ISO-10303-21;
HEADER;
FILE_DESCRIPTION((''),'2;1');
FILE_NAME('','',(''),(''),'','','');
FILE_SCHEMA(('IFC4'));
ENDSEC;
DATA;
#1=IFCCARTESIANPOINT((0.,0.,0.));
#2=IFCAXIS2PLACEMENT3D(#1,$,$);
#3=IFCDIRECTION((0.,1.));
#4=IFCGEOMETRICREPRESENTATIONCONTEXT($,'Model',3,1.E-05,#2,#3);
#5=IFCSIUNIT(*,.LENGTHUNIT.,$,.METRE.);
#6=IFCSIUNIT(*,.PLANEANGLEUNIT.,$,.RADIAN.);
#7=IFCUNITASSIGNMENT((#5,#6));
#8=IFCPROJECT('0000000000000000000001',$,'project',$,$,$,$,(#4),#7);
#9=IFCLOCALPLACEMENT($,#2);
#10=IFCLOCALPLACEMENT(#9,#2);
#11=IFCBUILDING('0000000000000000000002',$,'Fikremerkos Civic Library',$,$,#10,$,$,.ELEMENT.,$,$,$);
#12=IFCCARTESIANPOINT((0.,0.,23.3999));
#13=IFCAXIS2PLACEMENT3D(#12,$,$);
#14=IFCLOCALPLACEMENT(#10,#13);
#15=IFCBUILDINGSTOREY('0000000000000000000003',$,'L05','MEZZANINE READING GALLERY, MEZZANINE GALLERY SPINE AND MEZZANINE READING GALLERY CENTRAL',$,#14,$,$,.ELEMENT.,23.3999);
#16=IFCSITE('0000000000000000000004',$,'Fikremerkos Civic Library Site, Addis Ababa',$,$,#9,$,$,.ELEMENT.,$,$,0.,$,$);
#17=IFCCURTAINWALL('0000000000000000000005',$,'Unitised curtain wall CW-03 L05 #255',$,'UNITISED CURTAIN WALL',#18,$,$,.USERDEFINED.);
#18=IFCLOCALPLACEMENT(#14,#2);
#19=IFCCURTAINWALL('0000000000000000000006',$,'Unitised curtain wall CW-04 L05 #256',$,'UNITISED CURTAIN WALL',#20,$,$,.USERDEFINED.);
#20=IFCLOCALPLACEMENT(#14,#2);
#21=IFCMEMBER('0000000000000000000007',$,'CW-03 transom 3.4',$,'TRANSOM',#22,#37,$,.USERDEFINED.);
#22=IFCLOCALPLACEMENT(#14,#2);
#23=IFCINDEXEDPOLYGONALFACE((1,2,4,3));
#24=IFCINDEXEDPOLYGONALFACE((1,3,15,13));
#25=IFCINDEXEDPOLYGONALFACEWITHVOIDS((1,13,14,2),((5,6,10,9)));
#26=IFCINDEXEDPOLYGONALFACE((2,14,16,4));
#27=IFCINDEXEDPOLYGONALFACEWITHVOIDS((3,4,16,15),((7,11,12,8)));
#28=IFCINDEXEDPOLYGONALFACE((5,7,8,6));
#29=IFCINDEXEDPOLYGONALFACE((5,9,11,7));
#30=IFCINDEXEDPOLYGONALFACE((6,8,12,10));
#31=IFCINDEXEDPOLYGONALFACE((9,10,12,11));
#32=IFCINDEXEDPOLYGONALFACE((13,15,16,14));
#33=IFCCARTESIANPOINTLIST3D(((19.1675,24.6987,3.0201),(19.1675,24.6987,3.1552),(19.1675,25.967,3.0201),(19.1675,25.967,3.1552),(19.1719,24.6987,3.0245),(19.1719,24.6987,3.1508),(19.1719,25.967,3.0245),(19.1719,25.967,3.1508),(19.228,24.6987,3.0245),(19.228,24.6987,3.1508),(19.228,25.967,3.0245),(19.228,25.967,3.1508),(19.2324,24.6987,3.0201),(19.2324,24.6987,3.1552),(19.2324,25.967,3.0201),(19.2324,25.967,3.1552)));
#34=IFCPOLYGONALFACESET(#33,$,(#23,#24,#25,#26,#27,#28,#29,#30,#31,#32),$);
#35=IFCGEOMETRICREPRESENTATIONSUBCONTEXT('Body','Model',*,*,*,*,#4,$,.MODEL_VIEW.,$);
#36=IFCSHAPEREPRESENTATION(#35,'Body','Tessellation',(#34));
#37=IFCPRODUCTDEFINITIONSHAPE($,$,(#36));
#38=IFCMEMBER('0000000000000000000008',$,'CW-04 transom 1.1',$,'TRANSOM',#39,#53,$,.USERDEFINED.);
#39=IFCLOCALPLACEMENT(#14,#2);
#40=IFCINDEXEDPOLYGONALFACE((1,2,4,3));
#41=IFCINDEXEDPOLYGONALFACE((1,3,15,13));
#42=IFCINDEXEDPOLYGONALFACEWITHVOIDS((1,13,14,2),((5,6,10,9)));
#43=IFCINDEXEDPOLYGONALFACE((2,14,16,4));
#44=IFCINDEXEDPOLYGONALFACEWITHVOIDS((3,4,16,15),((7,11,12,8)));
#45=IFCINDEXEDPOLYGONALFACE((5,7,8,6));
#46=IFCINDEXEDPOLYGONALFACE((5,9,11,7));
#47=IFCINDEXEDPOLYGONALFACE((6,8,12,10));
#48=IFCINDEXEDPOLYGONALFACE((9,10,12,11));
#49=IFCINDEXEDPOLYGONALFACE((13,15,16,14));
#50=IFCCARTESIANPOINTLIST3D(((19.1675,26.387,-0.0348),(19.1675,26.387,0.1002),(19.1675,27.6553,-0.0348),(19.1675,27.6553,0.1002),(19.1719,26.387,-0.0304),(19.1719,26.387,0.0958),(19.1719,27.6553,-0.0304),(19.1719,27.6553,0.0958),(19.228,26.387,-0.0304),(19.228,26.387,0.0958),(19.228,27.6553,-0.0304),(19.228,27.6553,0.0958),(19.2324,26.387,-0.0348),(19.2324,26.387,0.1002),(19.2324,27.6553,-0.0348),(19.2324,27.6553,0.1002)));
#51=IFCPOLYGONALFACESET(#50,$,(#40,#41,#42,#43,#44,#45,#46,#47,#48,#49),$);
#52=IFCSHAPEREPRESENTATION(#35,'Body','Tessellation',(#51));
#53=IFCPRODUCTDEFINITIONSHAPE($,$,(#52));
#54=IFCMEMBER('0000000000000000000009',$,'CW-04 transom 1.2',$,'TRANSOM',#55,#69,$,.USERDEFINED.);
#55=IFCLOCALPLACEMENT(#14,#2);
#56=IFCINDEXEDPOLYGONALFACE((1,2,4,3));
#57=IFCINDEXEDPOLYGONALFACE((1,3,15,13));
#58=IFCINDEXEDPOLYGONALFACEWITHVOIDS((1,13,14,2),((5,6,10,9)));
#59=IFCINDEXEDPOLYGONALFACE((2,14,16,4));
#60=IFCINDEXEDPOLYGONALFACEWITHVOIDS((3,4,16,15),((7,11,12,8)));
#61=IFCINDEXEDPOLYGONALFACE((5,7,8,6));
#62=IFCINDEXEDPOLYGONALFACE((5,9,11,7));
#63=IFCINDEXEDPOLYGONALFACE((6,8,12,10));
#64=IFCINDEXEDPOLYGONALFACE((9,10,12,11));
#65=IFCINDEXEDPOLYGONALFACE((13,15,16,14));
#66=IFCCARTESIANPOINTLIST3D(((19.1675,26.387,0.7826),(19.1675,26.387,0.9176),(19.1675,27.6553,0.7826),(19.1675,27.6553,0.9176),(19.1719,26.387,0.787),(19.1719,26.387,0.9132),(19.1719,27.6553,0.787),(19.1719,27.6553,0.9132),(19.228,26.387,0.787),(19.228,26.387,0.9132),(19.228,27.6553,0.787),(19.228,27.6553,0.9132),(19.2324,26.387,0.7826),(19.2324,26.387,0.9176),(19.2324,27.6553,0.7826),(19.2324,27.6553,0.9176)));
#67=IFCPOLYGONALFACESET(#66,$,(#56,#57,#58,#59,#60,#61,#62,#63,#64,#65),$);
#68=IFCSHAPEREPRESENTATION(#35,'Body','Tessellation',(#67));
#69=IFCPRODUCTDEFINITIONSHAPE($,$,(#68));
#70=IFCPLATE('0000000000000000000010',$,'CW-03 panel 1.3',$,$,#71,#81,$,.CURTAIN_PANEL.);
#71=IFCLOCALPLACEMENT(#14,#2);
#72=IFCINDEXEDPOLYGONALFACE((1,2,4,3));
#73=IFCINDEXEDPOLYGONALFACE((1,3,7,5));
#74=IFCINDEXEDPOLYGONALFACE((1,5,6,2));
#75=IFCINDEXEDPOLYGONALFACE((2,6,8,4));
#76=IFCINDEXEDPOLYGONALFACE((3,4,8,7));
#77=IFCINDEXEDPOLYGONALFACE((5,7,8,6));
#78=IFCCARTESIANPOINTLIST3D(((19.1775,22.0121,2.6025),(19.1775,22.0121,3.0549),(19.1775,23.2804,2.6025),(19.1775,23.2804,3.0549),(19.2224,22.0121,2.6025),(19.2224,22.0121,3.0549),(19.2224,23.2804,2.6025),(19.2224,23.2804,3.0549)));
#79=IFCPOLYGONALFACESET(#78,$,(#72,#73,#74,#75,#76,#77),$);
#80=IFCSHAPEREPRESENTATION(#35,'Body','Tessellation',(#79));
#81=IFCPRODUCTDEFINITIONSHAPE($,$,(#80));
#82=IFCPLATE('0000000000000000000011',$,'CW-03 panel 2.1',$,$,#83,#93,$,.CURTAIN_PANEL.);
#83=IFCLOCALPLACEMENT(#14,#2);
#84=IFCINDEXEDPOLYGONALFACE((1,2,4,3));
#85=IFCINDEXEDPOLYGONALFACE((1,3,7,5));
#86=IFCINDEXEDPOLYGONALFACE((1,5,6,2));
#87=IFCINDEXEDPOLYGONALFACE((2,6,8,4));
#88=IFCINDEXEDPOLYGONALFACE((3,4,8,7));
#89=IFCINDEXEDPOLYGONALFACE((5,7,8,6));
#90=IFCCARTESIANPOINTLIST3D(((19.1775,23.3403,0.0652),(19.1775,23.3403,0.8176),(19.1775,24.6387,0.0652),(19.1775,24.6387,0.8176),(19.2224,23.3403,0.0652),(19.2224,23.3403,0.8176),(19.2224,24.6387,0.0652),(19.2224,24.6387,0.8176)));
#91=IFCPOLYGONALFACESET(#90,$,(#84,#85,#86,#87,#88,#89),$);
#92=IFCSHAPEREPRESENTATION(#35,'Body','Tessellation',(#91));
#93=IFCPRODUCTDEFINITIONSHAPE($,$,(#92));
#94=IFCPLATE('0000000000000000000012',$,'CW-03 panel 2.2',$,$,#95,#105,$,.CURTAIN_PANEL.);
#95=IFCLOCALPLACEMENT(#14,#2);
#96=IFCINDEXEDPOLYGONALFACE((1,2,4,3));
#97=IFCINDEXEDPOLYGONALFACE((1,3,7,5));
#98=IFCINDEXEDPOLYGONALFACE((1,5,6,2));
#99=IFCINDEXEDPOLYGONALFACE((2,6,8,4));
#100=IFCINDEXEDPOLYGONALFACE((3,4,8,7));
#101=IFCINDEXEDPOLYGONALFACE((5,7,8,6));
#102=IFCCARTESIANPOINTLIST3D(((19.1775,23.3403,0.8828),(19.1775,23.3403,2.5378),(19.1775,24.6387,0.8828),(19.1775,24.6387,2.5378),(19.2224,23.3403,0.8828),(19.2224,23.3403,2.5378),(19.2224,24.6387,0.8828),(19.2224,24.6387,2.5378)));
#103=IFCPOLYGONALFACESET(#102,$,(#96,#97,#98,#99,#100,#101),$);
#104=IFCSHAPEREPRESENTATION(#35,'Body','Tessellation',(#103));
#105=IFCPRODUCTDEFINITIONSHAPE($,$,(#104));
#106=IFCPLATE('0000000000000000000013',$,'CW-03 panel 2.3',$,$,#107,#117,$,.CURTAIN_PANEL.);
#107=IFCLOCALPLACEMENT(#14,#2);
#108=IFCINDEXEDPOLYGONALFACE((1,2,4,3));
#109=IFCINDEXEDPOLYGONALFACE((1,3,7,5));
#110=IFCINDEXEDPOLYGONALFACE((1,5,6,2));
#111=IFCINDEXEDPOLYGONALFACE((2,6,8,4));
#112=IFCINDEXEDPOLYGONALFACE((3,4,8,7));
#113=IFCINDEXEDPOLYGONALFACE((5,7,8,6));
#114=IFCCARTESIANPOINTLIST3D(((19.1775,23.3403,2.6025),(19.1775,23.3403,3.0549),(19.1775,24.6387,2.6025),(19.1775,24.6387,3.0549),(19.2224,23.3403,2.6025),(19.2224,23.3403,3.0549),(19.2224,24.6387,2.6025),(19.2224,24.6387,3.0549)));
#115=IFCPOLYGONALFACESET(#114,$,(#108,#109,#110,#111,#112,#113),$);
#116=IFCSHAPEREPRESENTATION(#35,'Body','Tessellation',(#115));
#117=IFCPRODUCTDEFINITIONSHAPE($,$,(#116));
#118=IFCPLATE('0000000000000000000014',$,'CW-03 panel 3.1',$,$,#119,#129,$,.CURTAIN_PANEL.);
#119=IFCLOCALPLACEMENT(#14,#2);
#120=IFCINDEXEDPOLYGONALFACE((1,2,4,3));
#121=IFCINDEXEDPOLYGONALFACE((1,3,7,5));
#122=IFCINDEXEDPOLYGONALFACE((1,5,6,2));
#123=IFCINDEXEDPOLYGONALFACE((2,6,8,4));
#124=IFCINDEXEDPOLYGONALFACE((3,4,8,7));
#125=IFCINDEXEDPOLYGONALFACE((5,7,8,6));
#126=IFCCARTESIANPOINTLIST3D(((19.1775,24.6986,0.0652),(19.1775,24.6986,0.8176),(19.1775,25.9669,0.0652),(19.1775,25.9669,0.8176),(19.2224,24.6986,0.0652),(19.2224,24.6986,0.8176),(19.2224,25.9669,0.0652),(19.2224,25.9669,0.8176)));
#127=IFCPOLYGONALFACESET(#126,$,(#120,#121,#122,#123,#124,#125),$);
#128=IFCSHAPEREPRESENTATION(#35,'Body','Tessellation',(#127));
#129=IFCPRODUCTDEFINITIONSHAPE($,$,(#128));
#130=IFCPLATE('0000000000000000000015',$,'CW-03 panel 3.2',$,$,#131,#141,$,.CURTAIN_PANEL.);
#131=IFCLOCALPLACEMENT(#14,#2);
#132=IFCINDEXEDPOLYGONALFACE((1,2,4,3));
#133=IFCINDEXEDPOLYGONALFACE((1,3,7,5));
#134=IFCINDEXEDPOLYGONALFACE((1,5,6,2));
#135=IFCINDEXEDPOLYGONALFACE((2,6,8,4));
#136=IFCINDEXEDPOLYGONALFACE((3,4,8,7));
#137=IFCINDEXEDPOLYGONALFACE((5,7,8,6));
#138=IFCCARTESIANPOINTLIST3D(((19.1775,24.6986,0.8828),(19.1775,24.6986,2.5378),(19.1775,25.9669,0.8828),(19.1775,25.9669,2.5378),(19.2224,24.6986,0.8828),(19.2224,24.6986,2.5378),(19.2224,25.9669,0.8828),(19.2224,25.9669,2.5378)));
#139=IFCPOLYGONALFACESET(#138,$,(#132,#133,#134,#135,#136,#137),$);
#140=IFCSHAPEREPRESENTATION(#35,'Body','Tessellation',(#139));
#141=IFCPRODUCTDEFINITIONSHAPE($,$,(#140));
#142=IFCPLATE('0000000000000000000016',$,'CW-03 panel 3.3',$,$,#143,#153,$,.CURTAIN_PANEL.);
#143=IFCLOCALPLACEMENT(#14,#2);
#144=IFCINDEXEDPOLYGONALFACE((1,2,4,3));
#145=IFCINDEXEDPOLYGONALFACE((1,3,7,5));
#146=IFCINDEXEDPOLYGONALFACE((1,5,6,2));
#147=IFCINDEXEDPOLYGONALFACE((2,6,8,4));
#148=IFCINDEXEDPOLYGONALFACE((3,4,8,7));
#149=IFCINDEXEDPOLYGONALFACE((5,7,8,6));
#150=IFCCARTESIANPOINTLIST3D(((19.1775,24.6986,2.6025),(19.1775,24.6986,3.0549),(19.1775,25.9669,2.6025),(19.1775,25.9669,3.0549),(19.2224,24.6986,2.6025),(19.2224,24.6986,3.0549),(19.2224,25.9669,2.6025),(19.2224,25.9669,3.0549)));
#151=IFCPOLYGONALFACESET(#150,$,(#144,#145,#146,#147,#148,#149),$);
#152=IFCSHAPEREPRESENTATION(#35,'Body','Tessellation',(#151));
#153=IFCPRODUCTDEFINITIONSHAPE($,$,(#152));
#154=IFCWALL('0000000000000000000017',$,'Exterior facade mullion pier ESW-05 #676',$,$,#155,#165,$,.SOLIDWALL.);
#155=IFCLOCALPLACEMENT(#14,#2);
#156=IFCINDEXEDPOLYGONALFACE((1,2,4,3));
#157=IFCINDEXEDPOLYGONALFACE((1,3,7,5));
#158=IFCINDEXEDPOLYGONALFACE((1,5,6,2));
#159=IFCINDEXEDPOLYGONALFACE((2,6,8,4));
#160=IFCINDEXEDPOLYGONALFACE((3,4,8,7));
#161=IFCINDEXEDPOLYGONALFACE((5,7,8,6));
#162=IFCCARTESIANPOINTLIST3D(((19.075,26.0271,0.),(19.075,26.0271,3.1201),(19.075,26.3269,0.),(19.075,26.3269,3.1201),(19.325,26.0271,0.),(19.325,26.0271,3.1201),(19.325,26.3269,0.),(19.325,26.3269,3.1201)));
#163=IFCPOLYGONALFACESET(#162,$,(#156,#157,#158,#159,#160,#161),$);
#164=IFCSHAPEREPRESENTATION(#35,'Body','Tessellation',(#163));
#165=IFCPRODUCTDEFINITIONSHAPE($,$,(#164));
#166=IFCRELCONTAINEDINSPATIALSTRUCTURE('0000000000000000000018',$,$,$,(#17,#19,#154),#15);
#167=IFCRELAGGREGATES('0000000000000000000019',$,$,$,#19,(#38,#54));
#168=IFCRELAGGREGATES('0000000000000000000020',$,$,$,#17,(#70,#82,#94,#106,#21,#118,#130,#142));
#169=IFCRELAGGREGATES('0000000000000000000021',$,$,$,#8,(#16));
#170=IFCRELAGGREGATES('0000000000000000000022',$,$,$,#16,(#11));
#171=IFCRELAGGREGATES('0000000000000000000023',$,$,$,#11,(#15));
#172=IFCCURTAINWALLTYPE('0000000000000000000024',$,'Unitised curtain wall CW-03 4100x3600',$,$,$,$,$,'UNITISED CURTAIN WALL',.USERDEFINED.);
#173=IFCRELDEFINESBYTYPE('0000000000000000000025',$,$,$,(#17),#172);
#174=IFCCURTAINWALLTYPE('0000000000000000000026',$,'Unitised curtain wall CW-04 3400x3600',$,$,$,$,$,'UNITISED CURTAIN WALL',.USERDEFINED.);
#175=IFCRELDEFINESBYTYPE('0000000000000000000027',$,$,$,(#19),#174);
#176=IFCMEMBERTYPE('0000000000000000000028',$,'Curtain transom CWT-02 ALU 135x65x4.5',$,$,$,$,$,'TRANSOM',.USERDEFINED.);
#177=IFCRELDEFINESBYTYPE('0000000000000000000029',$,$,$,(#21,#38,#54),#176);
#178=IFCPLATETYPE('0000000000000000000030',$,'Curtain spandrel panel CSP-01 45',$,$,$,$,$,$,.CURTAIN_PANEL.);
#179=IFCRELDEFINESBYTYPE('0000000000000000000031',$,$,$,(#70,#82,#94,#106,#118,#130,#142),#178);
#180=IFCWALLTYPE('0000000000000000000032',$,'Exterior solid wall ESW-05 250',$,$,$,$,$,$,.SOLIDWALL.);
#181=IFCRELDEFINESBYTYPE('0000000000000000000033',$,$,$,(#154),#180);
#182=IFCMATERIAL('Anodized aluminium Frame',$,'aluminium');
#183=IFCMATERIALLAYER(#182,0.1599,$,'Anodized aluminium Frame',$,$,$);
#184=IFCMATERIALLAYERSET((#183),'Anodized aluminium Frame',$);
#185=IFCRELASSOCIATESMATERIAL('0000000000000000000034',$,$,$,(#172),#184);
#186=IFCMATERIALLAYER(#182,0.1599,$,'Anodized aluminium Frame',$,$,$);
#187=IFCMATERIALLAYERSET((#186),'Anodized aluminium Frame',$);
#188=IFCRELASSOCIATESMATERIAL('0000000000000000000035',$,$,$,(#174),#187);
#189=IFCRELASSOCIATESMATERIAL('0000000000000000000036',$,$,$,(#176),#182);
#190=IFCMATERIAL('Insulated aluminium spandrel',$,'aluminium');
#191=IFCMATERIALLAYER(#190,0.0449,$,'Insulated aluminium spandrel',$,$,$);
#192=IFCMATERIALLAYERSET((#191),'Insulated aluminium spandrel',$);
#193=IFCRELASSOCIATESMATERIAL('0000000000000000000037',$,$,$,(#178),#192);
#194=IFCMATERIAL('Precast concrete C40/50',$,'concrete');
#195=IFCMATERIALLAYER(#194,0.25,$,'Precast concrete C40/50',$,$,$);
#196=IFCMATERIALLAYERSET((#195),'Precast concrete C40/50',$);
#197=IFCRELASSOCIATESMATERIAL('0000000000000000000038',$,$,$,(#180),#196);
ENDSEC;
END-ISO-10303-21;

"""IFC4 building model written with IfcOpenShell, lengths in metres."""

from ifc_helpers import new_model, si_unit, direction, frame, frame_2d, origin, origin_2d, place, context, subcontext, project, spatial, rectangle, hollow_rectangle, extrude, material, layer, layer_set, material_profile, profile_set, type_object, element, aggregate, save


model = new_model("IFC4")

# Units and contexts
model_context = context("Model", 3, precision=1e-05, world=origin(), true_north=direction((0.0, 1.0)))
body_context = subcontext(model_context, "Body", "Model", "MODEL_VIEW")
ifc_project = project(units=[si_unit("LENGTHUNIT", "METRE"), si_unit("PLANEANGLEUNIT", "RADIAN")], contexts=[model_context])

# Site, building, storey
site_placement = place(None, origin())
site = spatial("IfcSite", under=ifc_project, at=site_placement, Name="Fikremerkos Civic Library Site, Addis Ababa", CompositionType="ELEMENT", RefElevation=0.0)
building_placement = place(site_placement, origin())
building = spatial("IfcBuilding", under=site, at=building_placement, Name="Fikremerkos Civic Library", CompositionType="ELEMENT")
storey_placement = place(building_placement, frame((0.0, 0.0, 23.3999)))
storey = spatial("IfcBuildingStorey", under=building, at=storey_placement, Name="L05", Description="MEZZANINE READING GALLERY, MEZZANINE GALLERY SPINE AND MEZZANINE READING GALLERY CENTRAL", CompositionType="ELEMENT", Elevation=23.3999)

# Curtain wall
ifc_material_1 = material(Name="Anodized aluminium Frame", Category="aluminium")
ifc_layer_1 = layer(ifc_material_1, 0.1599, Name="Anodized aluminium Frame")
ifc_layer_set_1 = layer_set([ifc_layer_1], Name="Anodized aluminium Frame")
curtain_wall_type_1 = type_object("IfcCurtainWallType", Name="Unitised curtain wall CW-03 4100x3600", ElementType="UNITISED CURTAIN WALL", PredefinedType="USERDEFINED", material=ifc_layer_set_1)
curtain_wall_1_placement = place(storey_placement, origin())
curtain_wall_1 = element("IfcCurtainWall", 1, at=curtain_wall_1_placement, inside=storey, type_object=curtain_wall_type_1, Name="Unitised curtain wall CW-03 L05 #255", ObjectType="UNITISED CURTAIN WALL", PredefinedType="USERDEFINED")

# Curtain wall
ifc_layer_2 = layer(ifc_material_1, 0.1599, Name="Anodized aluminium Frame")
ifc_layer_set_2 = layer_set([ifc_layer_2], Name="Anodized aluminium Frame")
curtain_wall_type_2 = type_object("IfcCurtainWallType", Name="Unitised curtain wall CW-04 3400x3600", ElementType="UNITISED CURTAIN WALL", PredefinedType="USERDEFINED", material=ifc_layer_set_2)
curtain_wall_2_placement = place(storey_placement, origin())
curtain_wall_2 = element("IfcCurtainWall", 2, at=curtain_wall_2_placement, inside=storey, type_object=curtain_wall_type_2, Name="Unitised curtain wall CW-04 L05 #256", ObjectType="UNITISED CURTAIN WALL", PredefinedType="USERDEFINED")

# Members
ifc_material_profile_1 = material_profile(ifc_material_1, hollow_rectangle(XDim=0.0649, YDim=0.135, WallThickness=0.0044, at=origin_2d()), Name="ALU 135x65x4.5")
ifc_profile_set_1 = profile_set([ifc_material_profile_1], Name="Anodized aluminium Frame")
member_type_1 = type_object("IfcMemberType", Name="Curtain transom CWT-02 ALU 135x65x4.5", ElementType="TRANSOM", PredefinedType="USERDEFINED", material=ifc_profile_set_1)
member_1_placement = place(storey_placement, frame((19.2, 24.6987, 3.0876), z_axis=(0.0, 1.0, 0.0), x_axis=(-1.0, 0.0, 0.0)))
member_1 = element("IfcMember", 3, at=member_1_placement, type_object=member_type_1, Name="CW-03 transom 3.4", ObjectType="TRANSOM", PredefinedType="USERDEFINED", context=body_context, shape_type="SweptSolid", body=[
    extrude(hollow_rectangle(XDim=0.0649, YDim=0.135, WallThickness=0.0044, at=origin_2d()), origin(), (0.0, 0.0, 1.0), 1.2683),
])
member_2_placement = place(storey_placement, frame((19.2, 26.387, 0.0327), z_axis=(0.0, 1.0, 0.0), x_axis=(-1.0, 0.0, 0.0)))
member_2 = element("IfcMember", 4, at=member_2_placement, type_object=member_type_1, Name="CW-04 transom 1.1", ObjectType="TRANSOM", PredefinedType="USERDEFINED", context=body_context, shape_type="SweptSolid", body=[
    extrude(hollow_rectangle(XDim=0.0649, YDim=0.135, WallThickness=0.0044, at=origin_2d()), origin(), (0.0, 0.0, 1.0), 1.2683),
])
member_3_placement = place(storey_placement, frame((19.2, 26.387, 0.8501), z_axis=(0.0, 1.0, 0.0), x_axis=(-1.0, 0.0, 0.0)))
member_3 = element("IfcMember", 5, at=member_3_placement, type_object=member_type_1, Name="CW-04 transom 1.2", ObjectType="TRANSOM", PredefinedType="USERDEFINED", context=body_context, shape_type="SweptSolid", body=[
    extrude(hollow_rectangle(XDim=0.0649, YDim=0.135, WallThickness=0.0044, at=origin_2d()), origin(), (0.0, 0.0, 1.0), 1.2683),
])
aggregate(curtain_wall_2, [member_2, member_3])

# Plates
ifc_material_2 = material(Name="Insulated aluminium spandrel", Category="aluminium")
ifc_layer_3 = layer(ifc_material_2, 0.0449, Name="Insulated aluminium spandrel")
ifc_layer_set_3 = layer_set([ifc_layer_3], Name="Insulated aluminium spandrel")
plate_type = type_object("IfcPlateType", Name="Curtain spandrel panel CSP-01 45", PredefinedType="CURTAIN_PANEL", material=ifc_layer_set_3)
plate_1_placement = place(storey_placement, frame((19.2, 22.6462, 2.6025), z_axis=(0.0, 0.0, 1.0), x_axis=(0.0, 1.0, 0.0)))
plate_1 = element("IfcPlate", 6, at=plate_1_placement, type_object=plate_type, Name="CW-03 panel 1.3", PredefinedType="CURTAIN_PANEL", context=body_context, shape_type="SweptSolid", body=[
    extrude(rectangle(XDim=1.2683, YDim=0.0449, at=origin_2d()), origin(), (0.0, 0.0, 1.0), 0.4524),
])
plate_2_placement = place(storey_placement, frame((19.2, 23.9895, 0.0652), z_axis=(0.0, 0.0, 1.0), x_axis=(0.0, 1.0, 0.0)))
plate_2 = element("IfcPlate", 7, at=plate_2_placement, type_object=plate_type, Name="CW-03 panel 2.1", PredefinedType="CURTAIN_PANEL", context=body_context, shape_type="SweptSolid", body=[
    extrude(rectangle(XDim=1.2983, YDim=0.0449, at=origin_2d()), origin(), (0.0, 0.0, 1.0), 0.7524),
])
plate_3_placement = place(storey_placement, frame((19.2, 23.9895, 0.8828), z_axis=(0.0, 0.0, 1.0), x_axis=(0.0, 1.0, 0.0)))
plate_3 = element("IfcPlate", 8, at=plate_3_placement, type_object=plate_type, Name="CW-03 panel 2.2", PredefinedType="CURTAIN_PANEL", context=body_context, shape_type="SweptSolid", body=[
    extrude(rectangle(XDim=1.2983, YDim=0.0449, at=origin_2d()), origin(), (0.0, 0.0, 1.0), 1.655),
])
plate_4_placement = place(storey_placement, frame((19.2, 23.9895, 2.6025), z_axis=(0.0, 0.0, 1.0), x_axis=(0.0, 1.0, 0.0)))
plate_4 = element("IfcPlate", 9, at=plate_4_placement, type_object=plate_type, Name="CW-03 panel 2.3", PredefinedType="CURTAIN_PANEL", context=body_context, shape_type="SweptSolid", body=[
    extrude(rectangle(XDim=1.2983, YDim=0.0449, at=origin_2d()), origin(), (0.0, 0.0, 1.0), 0.4524),
])
plate_5_placement = place(storey_placement, frame((19.2, 25.3328, 0.0652), z_axis=(0.0, 0.0, 1.0), x_axis=(0.0, 1.0, 0.0)))
plate_5 = element("IfcPlate", 10, at=plate_5_placement, type_object=plate_type, Name="CW-03 panel 3.1", PredefinedType="CURTAIN_PANEL", context=body_context, shape_type="SweptSolid", body=[
    extrude(rectangle(XDim=1.2683, YDim=0.0449, at=origin_2d()), origin(), (0.0, 0.0, 1.0), 0.7524),
])
plate_6_placement = place(storey_placement, frame((19.2, 25.3328, 0.8828), z_axis=(0.0, 0.0, 1.0), x_axis=(0.0, 1.0, 0.0)))
plate_6 = element("IfcPlate", 11, at=plate_6_placement, type_object=plate_type, Name="CW-03 panel 3.2", PredefinedType="CURTAIN_PANEL", context=body_context, shape_type="SweptSolid", body=[
    extrude(rectangle(XDim=1.2683, YDim=0.0449, at=origin_2d()), origin(), (0.0, 0.0, 1.0), 1.655),
])
plate_7_placement = place(storey_placement, frame((19.2, 25.3328, 2.6025), z_axis=(0.0, 0.0, 1.0), x_axis=(0.0, 1.0, 0.0)))
plate_7 = element("IfcPlate", 12, at=plate_7_placement, type_object=plate_type, Name="CW-03 panel 3.3", PredefinedType="CURTAIN_PANEL", context=body_context, shape_type="SweptSolid", body=[
    extrude(rectangle(XDim=1.2683, YDim=0.0449, at=origin_2d()), origin(), (0.0, 0.0, 1.0), 0.4524),
])
aggregate(curtain_wall_1, [plate_1, plate_2, plate_3, plate_4, member_1, plate_5, plate_6, plate_7])

# Wall
ifc_material_3 = material(Name="Precast concrete C40/50", Category="concrete")
ifc_layer_4 = layer(ifc_material_3, 0.25, Name="Precast concrete C40/50")
ifc_layer_set_4 = layer_set([ifc_layer_4], Name="Precast concrete C40/50")
wall_type = type_object("IfcWallType", Name="Exterior solid wall ESW-05 250", PredefinedType="SOLIDWALL", material=ifc_layer_set_4)
wall_placement = place(storey_placement, frame((19.2, 26.0271, 0.0), z_axis=(0.0, 0.0, 1.0), x_axis=(0.0, 1.0, 0.0)))
element("IfcWall", 13, at=wall_placement, inside=storey, type_object=wall_type, Name="Exterior facade mullion pier ESW-05 #676", PredefinedType="SOLIDWALL", context=body_context, shape_type="SweptSolid", body=[
    extrude(rectangle(XDim=0.2998, YDim=0.25, at=frame_2d((0.1499, 0.0))), origin(), (0.0, 0.0, 1.0), 3.1201),
])

save(model, "model.ifc")
